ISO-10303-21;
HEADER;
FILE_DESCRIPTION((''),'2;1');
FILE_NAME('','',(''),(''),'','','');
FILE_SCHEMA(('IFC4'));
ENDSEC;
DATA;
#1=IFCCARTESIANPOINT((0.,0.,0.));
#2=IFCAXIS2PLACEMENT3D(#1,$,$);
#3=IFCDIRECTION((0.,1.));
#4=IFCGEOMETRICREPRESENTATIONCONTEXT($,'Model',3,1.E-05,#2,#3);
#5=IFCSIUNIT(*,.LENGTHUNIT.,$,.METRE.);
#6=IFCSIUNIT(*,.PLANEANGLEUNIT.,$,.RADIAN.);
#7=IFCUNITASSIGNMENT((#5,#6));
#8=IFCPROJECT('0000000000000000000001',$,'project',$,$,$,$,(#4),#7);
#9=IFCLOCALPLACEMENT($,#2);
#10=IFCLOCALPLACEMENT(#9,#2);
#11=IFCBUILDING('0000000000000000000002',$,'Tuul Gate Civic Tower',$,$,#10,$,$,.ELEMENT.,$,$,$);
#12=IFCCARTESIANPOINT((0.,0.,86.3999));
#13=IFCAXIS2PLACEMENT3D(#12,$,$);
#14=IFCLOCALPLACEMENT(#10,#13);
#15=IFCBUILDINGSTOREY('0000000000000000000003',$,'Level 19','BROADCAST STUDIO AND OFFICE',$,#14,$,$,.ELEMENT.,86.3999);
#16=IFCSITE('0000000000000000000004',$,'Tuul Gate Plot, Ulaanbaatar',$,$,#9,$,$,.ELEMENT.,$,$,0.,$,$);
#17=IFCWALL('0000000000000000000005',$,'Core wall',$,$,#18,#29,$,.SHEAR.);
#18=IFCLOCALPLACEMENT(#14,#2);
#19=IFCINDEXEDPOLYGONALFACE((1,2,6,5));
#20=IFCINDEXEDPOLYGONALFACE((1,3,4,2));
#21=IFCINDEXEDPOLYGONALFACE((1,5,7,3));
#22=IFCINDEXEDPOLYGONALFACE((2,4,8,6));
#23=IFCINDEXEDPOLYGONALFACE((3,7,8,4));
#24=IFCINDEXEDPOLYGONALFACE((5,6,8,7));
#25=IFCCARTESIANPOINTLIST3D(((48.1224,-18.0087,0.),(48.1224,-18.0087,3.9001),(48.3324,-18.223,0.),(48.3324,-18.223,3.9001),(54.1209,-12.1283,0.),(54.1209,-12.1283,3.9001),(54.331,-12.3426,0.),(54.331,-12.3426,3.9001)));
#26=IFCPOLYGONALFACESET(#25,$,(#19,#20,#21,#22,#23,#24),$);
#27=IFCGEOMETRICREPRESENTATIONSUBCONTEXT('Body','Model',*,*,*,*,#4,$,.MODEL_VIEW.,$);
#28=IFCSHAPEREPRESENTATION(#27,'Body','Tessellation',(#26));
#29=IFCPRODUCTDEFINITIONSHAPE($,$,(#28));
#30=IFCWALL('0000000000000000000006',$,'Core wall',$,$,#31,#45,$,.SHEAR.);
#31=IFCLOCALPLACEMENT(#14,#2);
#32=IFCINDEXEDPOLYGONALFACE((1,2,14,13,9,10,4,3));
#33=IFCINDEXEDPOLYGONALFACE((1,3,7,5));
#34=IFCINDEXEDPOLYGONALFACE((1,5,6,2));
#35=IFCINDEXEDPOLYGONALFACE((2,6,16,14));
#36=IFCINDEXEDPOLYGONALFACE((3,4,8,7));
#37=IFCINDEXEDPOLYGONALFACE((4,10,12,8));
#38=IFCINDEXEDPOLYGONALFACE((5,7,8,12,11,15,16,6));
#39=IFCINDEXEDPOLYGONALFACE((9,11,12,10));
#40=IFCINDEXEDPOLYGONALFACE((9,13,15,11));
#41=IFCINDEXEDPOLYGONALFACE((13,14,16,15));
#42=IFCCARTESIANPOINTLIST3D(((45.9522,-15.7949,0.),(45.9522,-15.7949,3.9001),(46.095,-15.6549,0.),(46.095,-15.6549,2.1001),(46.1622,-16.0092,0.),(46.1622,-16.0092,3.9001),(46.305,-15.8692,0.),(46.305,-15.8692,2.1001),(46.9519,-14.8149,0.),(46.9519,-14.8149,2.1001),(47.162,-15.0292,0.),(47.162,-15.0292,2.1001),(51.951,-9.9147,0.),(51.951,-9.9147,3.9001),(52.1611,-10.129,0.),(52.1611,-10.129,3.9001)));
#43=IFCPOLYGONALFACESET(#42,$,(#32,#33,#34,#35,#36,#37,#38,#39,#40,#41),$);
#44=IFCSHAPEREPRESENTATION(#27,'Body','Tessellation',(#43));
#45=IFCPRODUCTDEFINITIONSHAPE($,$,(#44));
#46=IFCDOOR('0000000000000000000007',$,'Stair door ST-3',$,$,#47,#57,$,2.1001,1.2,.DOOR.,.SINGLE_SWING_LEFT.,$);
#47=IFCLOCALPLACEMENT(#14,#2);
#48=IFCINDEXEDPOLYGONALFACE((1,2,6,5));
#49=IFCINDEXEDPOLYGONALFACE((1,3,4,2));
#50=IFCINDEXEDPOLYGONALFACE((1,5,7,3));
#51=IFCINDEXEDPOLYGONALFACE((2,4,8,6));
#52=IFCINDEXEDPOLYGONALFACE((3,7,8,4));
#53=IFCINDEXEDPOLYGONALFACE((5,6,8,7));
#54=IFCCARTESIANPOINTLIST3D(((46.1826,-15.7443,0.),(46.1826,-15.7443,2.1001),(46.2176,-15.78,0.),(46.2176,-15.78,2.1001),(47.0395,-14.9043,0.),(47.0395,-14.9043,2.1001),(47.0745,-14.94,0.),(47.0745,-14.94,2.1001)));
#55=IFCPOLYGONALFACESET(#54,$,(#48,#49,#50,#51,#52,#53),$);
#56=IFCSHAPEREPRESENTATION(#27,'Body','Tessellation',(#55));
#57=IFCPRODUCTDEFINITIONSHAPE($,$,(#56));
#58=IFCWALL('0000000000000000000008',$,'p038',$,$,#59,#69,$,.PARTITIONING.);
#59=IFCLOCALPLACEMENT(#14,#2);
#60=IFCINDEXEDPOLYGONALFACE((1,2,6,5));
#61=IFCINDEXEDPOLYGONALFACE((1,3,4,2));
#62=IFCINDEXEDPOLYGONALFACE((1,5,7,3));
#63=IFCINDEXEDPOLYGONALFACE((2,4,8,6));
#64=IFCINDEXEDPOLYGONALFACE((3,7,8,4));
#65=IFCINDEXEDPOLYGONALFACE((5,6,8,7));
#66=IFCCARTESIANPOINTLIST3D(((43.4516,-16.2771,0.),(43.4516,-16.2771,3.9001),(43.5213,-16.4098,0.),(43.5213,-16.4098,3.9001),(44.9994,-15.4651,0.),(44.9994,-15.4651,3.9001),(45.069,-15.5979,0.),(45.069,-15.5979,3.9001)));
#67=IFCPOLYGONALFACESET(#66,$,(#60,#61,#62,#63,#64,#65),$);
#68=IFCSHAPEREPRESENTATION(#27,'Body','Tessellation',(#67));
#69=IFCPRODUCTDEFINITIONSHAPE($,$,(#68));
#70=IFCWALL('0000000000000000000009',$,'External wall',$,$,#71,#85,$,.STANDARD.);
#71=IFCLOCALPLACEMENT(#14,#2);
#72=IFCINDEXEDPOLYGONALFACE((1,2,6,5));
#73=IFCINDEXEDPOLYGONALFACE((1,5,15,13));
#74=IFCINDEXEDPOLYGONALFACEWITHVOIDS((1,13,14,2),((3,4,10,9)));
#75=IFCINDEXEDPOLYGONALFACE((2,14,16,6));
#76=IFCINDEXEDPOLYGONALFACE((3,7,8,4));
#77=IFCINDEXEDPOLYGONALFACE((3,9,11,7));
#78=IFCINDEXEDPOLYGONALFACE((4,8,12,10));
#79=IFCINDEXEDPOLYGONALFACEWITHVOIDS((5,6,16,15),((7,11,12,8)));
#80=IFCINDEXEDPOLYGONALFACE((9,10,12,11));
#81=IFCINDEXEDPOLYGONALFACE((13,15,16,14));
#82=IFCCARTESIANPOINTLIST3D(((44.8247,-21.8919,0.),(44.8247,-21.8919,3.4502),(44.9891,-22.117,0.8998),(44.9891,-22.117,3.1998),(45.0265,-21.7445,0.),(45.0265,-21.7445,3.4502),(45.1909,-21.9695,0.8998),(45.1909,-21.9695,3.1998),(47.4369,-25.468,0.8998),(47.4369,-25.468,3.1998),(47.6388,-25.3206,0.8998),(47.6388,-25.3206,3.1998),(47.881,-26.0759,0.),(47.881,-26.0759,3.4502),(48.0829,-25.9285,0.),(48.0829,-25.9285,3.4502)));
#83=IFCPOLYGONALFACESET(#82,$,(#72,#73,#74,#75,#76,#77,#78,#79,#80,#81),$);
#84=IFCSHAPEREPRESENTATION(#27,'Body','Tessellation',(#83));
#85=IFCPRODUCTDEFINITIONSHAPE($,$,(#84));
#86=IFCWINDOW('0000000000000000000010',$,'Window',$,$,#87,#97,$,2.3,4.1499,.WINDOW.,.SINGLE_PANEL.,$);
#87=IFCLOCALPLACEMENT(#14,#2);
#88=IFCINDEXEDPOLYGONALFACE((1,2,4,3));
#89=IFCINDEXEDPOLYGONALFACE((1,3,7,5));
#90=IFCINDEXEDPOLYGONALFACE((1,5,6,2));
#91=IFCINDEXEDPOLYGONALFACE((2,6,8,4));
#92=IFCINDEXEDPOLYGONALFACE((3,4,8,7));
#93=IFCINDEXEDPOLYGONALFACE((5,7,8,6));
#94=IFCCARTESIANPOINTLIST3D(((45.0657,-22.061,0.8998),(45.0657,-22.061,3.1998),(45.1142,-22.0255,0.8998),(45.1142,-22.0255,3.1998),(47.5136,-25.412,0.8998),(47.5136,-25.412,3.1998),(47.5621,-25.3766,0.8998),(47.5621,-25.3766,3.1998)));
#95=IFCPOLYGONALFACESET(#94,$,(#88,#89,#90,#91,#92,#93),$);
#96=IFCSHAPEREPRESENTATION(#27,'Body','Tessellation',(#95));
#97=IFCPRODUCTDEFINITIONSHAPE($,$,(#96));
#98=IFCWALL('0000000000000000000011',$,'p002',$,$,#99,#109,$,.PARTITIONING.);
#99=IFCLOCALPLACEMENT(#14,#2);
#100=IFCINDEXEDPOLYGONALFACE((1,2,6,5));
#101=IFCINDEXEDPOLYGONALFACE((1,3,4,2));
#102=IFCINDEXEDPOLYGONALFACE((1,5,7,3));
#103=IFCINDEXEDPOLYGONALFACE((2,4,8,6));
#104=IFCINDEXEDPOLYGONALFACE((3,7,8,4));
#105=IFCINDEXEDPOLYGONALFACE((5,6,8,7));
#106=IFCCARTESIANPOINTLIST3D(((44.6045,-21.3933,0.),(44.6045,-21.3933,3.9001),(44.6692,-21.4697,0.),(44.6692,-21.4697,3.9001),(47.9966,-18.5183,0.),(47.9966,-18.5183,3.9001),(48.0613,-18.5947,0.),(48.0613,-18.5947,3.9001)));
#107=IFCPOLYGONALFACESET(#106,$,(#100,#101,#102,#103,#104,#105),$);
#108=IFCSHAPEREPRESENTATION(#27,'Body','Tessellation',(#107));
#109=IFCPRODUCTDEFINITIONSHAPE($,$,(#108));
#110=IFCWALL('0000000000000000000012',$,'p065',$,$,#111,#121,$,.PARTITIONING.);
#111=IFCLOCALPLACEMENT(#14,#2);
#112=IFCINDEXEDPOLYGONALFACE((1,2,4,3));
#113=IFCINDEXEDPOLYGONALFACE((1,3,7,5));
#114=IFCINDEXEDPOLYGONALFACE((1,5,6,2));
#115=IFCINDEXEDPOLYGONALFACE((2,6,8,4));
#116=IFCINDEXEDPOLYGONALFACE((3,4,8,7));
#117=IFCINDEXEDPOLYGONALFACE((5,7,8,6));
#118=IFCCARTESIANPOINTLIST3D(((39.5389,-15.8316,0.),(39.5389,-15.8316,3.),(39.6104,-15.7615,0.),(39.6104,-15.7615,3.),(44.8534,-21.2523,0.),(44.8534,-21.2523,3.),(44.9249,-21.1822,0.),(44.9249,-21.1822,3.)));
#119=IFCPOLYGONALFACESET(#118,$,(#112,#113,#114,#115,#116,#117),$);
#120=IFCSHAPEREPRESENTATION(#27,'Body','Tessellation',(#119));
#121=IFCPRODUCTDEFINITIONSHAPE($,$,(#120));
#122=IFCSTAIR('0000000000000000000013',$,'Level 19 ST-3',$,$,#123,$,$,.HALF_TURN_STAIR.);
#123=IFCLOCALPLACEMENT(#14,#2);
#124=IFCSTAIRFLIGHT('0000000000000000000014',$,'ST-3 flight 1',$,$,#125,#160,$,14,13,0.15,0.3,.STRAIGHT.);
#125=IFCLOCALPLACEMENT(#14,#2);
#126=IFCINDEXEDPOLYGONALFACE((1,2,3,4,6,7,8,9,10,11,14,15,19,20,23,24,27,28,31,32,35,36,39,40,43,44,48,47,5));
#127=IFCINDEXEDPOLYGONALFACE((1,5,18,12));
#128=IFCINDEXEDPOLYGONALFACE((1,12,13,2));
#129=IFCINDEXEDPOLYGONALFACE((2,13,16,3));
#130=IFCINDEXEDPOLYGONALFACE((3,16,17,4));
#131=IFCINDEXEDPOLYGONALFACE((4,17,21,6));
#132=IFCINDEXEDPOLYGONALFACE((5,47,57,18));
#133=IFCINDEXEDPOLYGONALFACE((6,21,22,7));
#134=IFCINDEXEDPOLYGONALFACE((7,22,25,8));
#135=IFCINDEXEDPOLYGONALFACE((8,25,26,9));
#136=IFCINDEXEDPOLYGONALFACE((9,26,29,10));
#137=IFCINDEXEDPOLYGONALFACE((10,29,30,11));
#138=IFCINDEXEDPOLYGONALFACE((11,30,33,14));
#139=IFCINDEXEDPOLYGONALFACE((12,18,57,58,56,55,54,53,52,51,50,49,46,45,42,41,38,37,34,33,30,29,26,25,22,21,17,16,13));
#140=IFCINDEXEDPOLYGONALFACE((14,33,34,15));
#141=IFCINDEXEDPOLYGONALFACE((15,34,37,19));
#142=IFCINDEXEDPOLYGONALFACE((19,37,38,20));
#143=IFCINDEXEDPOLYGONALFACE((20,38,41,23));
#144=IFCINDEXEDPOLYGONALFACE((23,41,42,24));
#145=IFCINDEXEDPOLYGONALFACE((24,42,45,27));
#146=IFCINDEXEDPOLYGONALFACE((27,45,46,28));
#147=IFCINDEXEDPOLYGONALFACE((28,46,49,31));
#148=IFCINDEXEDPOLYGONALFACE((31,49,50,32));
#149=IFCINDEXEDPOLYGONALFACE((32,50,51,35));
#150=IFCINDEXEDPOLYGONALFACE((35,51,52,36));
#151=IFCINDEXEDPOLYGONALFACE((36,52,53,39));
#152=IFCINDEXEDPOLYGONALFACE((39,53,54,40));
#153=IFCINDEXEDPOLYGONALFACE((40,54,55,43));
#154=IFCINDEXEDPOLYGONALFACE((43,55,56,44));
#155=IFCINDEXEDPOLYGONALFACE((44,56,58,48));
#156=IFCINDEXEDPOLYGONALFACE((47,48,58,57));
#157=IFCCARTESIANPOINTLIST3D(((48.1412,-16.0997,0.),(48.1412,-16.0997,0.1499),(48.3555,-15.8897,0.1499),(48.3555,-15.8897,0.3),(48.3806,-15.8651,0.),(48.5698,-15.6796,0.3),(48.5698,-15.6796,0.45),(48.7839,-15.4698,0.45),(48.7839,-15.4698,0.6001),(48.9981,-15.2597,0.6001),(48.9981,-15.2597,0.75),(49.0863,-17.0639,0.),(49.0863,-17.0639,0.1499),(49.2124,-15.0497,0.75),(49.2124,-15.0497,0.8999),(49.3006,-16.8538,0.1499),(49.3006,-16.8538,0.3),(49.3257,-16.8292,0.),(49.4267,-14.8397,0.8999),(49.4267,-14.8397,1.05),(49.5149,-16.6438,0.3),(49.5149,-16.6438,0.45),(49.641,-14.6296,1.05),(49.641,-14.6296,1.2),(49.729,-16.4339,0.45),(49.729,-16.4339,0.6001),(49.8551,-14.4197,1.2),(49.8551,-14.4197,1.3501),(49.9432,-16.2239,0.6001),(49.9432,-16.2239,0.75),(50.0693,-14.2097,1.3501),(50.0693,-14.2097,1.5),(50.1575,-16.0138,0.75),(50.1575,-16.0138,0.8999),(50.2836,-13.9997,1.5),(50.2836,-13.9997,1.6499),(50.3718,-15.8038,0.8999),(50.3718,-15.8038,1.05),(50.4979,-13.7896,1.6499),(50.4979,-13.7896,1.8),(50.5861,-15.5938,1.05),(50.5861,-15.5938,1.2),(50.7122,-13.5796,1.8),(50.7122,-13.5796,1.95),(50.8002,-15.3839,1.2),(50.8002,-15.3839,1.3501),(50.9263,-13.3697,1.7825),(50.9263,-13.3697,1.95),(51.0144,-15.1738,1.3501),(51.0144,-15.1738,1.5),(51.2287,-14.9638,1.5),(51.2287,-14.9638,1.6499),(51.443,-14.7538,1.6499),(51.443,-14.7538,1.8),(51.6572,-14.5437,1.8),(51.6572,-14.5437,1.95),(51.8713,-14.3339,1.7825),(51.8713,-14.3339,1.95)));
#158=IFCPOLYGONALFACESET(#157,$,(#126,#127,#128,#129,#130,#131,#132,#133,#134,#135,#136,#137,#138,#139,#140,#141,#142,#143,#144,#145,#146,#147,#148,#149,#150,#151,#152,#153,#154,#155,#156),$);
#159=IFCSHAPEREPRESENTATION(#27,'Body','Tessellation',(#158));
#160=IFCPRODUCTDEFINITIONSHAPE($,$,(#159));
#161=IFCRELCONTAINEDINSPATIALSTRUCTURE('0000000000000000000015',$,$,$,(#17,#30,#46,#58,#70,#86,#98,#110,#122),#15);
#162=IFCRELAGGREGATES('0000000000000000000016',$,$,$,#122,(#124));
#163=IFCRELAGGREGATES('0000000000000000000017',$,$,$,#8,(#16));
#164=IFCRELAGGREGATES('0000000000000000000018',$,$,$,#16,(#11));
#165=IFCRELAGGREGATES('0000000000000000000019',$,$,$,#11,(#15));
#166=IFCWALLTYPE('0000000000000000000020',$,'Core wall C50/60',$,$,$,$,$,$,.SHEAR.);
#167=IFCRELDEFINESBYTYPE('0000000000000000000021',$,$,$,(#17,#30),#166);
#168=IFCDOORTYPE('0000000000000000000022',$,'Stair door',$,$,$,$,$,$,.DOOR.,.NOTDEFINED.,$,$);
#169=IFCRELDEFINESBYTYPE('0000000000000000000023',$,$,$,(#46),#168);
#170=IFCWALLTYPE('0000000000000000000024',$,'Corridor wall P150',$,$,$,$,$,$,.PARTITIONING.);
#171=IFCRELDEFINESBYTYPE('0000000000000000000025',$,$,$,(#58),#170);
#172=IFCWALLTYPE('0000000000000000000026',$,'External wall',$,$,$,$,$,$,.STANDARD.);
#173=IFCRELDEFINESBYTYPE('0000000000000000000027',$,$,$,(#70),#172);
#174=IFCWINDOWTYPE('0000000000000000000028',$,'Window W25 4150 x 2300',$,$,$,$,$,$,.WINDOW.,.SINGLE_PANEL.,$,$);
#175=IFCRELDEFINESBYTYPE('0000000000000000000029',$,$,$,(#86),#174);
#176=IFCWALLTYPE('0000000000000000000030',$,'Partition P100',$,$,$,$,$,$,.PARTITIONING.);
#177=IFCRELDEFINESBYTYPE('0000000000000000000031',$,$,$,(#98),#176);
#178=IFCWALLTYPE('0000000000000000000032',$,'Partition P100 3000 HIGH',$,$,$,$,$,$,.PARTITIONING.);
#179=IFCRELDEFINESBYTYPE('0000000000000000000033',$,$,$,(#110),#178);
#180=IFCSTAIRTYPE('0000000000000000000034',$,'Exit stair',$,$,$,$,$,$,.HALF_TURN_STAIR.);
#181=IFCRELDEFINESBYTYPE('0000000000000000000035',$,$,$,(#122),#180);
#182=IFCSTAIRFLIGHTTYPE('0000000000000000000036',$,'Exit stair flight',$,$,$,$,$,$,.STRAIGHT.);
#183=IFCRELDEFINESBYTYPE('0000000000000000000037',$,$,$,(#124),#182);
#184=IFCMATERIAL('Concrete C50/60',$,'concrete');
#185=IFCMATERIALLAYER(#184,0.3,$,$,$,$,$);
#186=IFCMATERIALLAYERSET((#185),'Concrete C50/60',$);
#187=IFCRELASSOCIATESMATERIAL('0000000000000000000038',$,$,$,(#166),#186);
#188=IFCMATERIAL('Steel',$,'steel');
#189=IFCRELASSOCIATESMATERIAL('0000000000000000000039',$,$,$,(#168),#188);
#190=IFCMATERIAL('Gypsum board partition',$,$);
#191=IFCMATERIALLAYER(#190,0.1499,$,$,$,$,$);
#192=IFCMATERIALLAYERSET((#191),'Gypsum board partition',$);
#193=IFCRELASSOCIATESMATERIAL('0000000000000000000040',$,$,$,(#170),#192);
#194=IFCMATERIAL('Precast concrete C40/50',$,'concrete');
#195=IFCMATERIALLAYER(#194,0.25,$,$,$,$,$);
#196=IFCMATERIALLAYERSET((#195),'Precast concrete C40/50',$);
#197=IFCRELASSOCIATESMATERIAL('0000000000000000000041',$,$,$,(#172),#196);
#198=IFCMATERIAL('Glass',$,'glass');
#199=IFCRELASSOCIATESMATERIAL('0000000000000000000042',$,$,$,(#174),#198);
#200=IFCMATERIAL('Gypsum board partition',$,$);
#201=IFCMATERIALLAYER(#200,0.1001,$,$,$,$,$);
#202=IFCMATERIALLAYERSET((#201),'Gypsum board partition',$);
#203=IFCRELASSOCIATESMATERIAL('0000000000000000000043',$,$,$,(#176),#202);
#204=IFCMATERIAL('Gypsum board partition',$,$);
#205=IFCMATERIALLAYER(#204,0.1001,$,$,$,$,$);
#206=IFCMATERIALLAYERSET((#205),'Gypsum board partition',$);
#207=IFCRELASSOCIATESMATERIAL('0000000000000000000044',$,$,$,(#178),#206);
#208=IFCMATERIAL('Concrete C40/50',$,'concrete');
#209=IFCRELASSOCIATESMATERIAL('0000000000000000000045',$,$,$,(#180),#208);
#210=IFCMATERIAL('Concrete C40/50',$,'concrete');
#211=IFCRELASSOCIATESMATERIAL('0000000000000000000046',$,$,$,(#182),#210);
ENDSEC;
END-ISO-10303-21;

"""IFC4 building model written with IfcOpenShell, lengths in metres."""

from ifc_helpers import new_model, si_unit, direction, frame, frame_2d, origin, place, context, subcontext, project, spatial, polyline, rectangle, outline, extrude, material, layer, layer_set, type_object, element, fill, aggregate, save


model = new_model("IFC4")

# Units and contexts
model_context = context("Model", 3, precision=1e-05, world=origin(), true_north=direction((0.0, 1.0)))
body_context = subcontext(model_context, "Body", "Model", "MODEL_VIEW")
ifc_project = project(units=[si_unit("LENGTHUNIT", "METRE"), si_unit("PLANEANGLEUNIT", "RADIAN")], contexts=[model_context])

# Site, building, storey
site_placement = place(None, origin())
site = spatial("IfcSite", under=ifc_project, at=site_placement, Name="Tuul Gate Plot, Ulaanbaatar", CompositionType="ELEMENT", RefElevation=0.0)
building_placement = place(site_placement, origin())
building = spatial("IfcBuilding", under=site, at=building_placement, Name="Tuul Gate Civic Tower", CompositionType="ELEMENT")
storey_placement = place(building_placement, frame((0.0, 0.0, 86.3999)))
storey = spatial("IfcBuildingStorey", under=building, at=storey_placement, Name="Level 19", Description="BROADCAST STUDIO AND OFFICE", CompositionType="ELEMENT", Elevation=86.3999)

# Shared definitions
ifc_material_1 = material(Name="Concrete C50/60", Category="concrete")
ifc_layer_1 = layer(ifc_material_1, 0.3)
ifc_layer_set_1 = layer_set([ifc_layer_1], Name="Concrete C50/60")
wall_type_1 = type_object("IfcWallType", Name="Core wall C50/60", PredefinedType="SHEAR", material=ifc_layer_set_1)

# Wall
wall_1_placement = place(storey_placement, frame((48.2273, -18.116, 0.0), z_axis=(0.0, 0.0, 1.0), x_axis=(0.714105, 0.700038, 0.0)))
element("IfcWall", 1, at=wall_1_placement, inside=storey, type_object=wall_type_1, Name="Core wall", PredefinedType="SHEAR", context=body_context, shape_type="SweptSolid", body=[
    extrude(rectangle(XDim=8.4001, YDim=0.3, at=frame_2d((4.2002, 0.0))), origin(), (0.0, 0.0, 1.0), 3.9001),
])

# Wall, opening, door
wall_2_placement = place(storey_placement, frame((46.0571, -15.9021, 0.0), z_axis=(0.0, 0.0, 1.0), x_axis=(0.714134, 0.700009, 0.0)))
wall_2 = element("IfcWall", 2, at=wall_2_placement, inside=storey, type_object=wall_type_1, Name="Core wall", PredefinedType="SHEAR", context=body_context, shape_type="SweptSolid", body=[
    extrude(rectangle(XDim=8.4001, YDim=0.3, at=frame_2d((4.2002, 0.0))), origin(), (0.0, 0.0, 1.0), 3.9001),
])
opening_1_placement = place(wall_2_placement, frame((0.2, 0.0, 0.0)))
opening_1 = element("IfcOpeningElement", 3, at=opening_1_placement, cuts=wall_2, PredefinedType="OPENING", context=body_context, shape_type="SweptSolid", body=[
    extrude(rectangle(XDim=1.2, YDim=2.1001, at=frame_2d((0.6001, 1.05))), frame((0.0, 0.1602, 0.0), z_axis=(0.0, -1.0, 0.0), x_axis=(1.0, 0.0, 0.0)), (0.0, 0.0, 1.0), 0.3201),
])
ifc_material_2 = material(Name="Steel", Category="steel")
door_type_1 = type_object("IfcDoorType", Name="Stair door", OperationType="NOTDEFINED", PredefinedType="DOOR", material=ifc_material_2)
door_1_placement = place(opening_1_placement, origin())
door_1 = element("IfcDoor", 4, at=door_1_placement, inside=storey, type_object=door_type_1, Name="Stair door ST-3", OperationType="SINGLE_SWING_LEFT", OverallHeight=2.1001, OverallWidth=1.2, PredefinedType="DOOR", context=body_context, shape_type="SweptSolid", body=[
    extrude(rectangle(XDim=1.2, YDim=2.1001, at=frame_2d((0.6001, 1.05))), frame((0.0, 0.0249, 0.0), z_axis=(0.0, -1.0, 0.0), x_axis=(1.0, 0.0, 0.0)), (0.0, 0.0, 1.0), 0.05),
])
fill(opening_1, door_1)

# Wall
ifc_material_3 = material(Name="Gypsum board partition")
ifc_layer_2 = layer(ifc_material_3, 0.1499)
ifc_layer_set_2 = layer_set([ifc_layer_2], Name="Gypsum board partition")
wall_type_2 = type_object("IfcWallType", Name="Corridor wall P150", PredefinedType="PARTITIONING", material=ifc_layer_set_2)
wall_3_placement = place(storey_placement, frame((43.4863, -16.3435, 0.0), z_axis=(0.0, 0.0, 1.0), x_axis=(0.885542, 0.46456, 0.0)))
element("IfcWall", 5, at=wall_3_placement, inside=storey, type_object=wall_type_2, Name="p038", PredefinedType="PARTITIONING", context=body_context, shape_type="SweptSolid", body=[
    extrude(rectangle(XDim=1.7478, YDim=0.1499, at=frame_2d((0.874, 0.0))), origin(), (0.0, 0.0, 1.0), 3.9001),
])

# Wall, opening, window
ifc_material_4 = material(Name="Precast concrete C40/50", Category="concrete")
ifc_layer_3 = layer(ifc_material_4, 0.25)
ifc_layer_set_3 = layer_set([ifc_layer_3], Name="Precast concrete C40/50")
wall_type_3 = type_object("IfcWallType", Name="External wall", PredefinedType="STANDARD", material=ifc_layer_set_3)
wall_4_placement = place(storey_placement, frame((44.9255, -21.8181, 0.0), z_axis=(0.0, 0.0, 1.0), x_axis=(0.589865, -0.807502, 0.0)))
wall_4 = element("IfcWall", 6, at=wall_4_placement, inside=storey, type_object=wall_type_3, Name="External wall", PredefinedType="STANDARD", context=body_context, shape_type="SweptSolid", body=[
    extrude(rectangle(XDim=5.1814, YDim=0.25, at=frame_2d((2.5908, 0.0))), origin(), (0.0, 0.0, 1.0), 3.4502),
])
opening_2_placement = place(wall_4_placement, frame((0.2788, 0.0, 0.8999)))
opening_2 = element("IfcOpeningElement", 7, at=opening_2_placement, cuts=wall_4, PredefinedType="OPENING", context=body_context, shape_type="SweptSolid", body=[
    extrude(rectangle(XDim=4.1499, YDim=2.3, at=frame_2d((2.075, 1.1499))), frame((0.0, 0.135, 0.0), z_axis=(0.0, -1.0, 0.0), x_axis=(1.0, 0.0, 0.0)), (0.0, 0.0, 1.0), 0.27),
])
ifc_material_5 = material(Name="Glass", Category="glass")
window_type = type_object("IfcWindowType", Name="Window W25 4150 x 2300", PartitioningType="SINGLE_PANEL", PredefinedType="WINDOW", material=ifc_material_5)
window_placement = place(opening_2_placement, origin())
window = element("IfcWindow", 8, at=window_placement, inside=storey, type_object=window_type, Name="Window", OverallHeight=2.3, OverallWidth=4.1499, PartitioningType="SINGLE_PANEL", PredefinedType="WINDOW", context=body_context, shape_type="SweptSolid", body=[
    extrude(rectangle(XDim=4.1499, YDim=2.3, at=frame_2d((2.075, 1.1499))), frame((0.0, 0.03, 0.0), z_axis=(0.0, -1.0, 0.0), x_axis=(1.0, 0.0, 0.0)), (0.0, 0.0, 1.0), 0.0601),
])
fill(opening_2, window)

# Walls
ifc_material_6 = material(Name="Gypsum board partition")
ifc_layer_4 = layer(ifc_material_6, 0.1001)
ifc_layer_set_4 = layer_set([ifc_layer_4], Name="Gypsum board partition")
wall_type_4 = type_object("IfcWallType", Name="Partition P100", PredefinedType="PARTITIONING", material=ifc_layer_set_4)
wall_5_placement = place(storey_placement, frame((44.637, -21.4314, 0.0), z_axis=(0.0, 0.0, 1.0), x_axis=(0.762857, 0.646567, 0.0)))
element("IfcWall", 9, at=wall_5_placement, inside=storey, type_object=wall_type_4, Name="p002", PredefinedType="PARTITIONING", context=body_context, shape_type="SweptSolid", body=[
    extrude(rectangle(XDim=4.4465, YDim=0.1001, at=frame_2d((2.2231, 0.0))), origin(), (0.0, 0.0, 1.0), 3.9001),
])
ifc_material_7 = material(Name="Gypsum board partition")
ifc_layer_5 = layer(ifc_material_7, 0.1001)
ifc_layer_set_5 = layer_set([ifc_layer_5], Name="Gypsum board partition")
wall_type_5 = type_object("IfcWallType", Name="Partition P100 3000 HIGH", PredefinedType="PARTITIONING", material=ifc_layer_set_5)
wall_6_placement = place(storey_placement, frame((44.8892, -21.2173, 0.0), z_axis=(0.0, 0.0, 1.0), x_axis=(-0.700077, 0.714067, 0.0)))
element("IfcWall", 10, at=wall_6_placement, inside=storey, type_object=wall_type_5, Name="p065", PredefinedType="PARTITIONING", context=body_context, shape_type="SweptSolid", body=[
    extrude(rectangle(XDim=7.5913, YDim=0.1001, at=frame_2d((3.7957, 0.0))), origin(), (0.0, 0.0, 1.0), 3.0),
])

# Stair, stair flight
ifc_material_8 = material(Name="Concrete C40/50", Category="concrete")
stair_type = type_object("IfcStairType", Name="Exit stair", PredefinedType="HALF_TURN_STAIR", material=ifc_material_8)
stair_placement = place(storey_placement, origin())
stair = element("IfcStair", 11, at=stair_placement, inside=storey, type_object=stair_type, Name="Level 19 ST-3", PredefinedType="HALF_TURN_STAIR")
ifc_material_9 = material(Name="Concrete C40/50", Category="concrete")
stair_flight_type = type_object("IfcStairFlightType", Name="Exit stair flight", PredefinedType="STRAIGHT", material=ifc_material_9)
stair_flight_placement = place(storey_placement, frame((48.6138, -16.5818, 0.0), z_axis=(0.0, 0.0, 1.0), x_axis=(0.714127, 0.700016, 0.0)))
stair_flight = element("IfcStairFlight", 12, at=stair_flight_placement, type_object=stair_flight_type, Name="ST-3 flight 1", NumberOfRisers=14, NumberOfTreads=13, PredefinedType="STRAIGHT", RiserHeight=0.15, TreadLength=0.3, context=body_context, shape_type="SweptSolid", body=[
    extrude(outline(polyline([(0.0, 0.0), (0.0, 0.1499), (0.3, 0.1499), (0.3, 0.3), (0.6001, 0.3), (0.6001, 0.45), (0.8999, 0.45), (0.8999, 0.6001), (1.2, 0.6001), (1.2, 0.75), (1.5, 0.75), (1.5, 0.8999), (1.8, 0.8999), (1.8, 1.05), (2.1001, 1.05), (2.1001, 1.2), (2.3999, 1.2), (2.3999, 1.3501), (2.7, 1.3501), (2.7, 1.5), (3.0, 1.5), (3.0, 1.6499), (3.3, 1.6499), (3.3, 1.8), (3.6001, 1.8), (3.6001, 1.95), (3.8999, 1.95), (3.8999, 2.1001), (3.8999, 1.7825), (0.3352, 0.0), (0.0, 0.0)])), frame((0.0, 0.675, 0.0), z_axis=(0.0, -1.0, 0.0), x_axis=(1.0, 0.0, 0.0)), (0.0, 0.0, 1.0), 1.3501),
])
aggregate(stair, [stair_flight])

save(model, "model.ifc")
